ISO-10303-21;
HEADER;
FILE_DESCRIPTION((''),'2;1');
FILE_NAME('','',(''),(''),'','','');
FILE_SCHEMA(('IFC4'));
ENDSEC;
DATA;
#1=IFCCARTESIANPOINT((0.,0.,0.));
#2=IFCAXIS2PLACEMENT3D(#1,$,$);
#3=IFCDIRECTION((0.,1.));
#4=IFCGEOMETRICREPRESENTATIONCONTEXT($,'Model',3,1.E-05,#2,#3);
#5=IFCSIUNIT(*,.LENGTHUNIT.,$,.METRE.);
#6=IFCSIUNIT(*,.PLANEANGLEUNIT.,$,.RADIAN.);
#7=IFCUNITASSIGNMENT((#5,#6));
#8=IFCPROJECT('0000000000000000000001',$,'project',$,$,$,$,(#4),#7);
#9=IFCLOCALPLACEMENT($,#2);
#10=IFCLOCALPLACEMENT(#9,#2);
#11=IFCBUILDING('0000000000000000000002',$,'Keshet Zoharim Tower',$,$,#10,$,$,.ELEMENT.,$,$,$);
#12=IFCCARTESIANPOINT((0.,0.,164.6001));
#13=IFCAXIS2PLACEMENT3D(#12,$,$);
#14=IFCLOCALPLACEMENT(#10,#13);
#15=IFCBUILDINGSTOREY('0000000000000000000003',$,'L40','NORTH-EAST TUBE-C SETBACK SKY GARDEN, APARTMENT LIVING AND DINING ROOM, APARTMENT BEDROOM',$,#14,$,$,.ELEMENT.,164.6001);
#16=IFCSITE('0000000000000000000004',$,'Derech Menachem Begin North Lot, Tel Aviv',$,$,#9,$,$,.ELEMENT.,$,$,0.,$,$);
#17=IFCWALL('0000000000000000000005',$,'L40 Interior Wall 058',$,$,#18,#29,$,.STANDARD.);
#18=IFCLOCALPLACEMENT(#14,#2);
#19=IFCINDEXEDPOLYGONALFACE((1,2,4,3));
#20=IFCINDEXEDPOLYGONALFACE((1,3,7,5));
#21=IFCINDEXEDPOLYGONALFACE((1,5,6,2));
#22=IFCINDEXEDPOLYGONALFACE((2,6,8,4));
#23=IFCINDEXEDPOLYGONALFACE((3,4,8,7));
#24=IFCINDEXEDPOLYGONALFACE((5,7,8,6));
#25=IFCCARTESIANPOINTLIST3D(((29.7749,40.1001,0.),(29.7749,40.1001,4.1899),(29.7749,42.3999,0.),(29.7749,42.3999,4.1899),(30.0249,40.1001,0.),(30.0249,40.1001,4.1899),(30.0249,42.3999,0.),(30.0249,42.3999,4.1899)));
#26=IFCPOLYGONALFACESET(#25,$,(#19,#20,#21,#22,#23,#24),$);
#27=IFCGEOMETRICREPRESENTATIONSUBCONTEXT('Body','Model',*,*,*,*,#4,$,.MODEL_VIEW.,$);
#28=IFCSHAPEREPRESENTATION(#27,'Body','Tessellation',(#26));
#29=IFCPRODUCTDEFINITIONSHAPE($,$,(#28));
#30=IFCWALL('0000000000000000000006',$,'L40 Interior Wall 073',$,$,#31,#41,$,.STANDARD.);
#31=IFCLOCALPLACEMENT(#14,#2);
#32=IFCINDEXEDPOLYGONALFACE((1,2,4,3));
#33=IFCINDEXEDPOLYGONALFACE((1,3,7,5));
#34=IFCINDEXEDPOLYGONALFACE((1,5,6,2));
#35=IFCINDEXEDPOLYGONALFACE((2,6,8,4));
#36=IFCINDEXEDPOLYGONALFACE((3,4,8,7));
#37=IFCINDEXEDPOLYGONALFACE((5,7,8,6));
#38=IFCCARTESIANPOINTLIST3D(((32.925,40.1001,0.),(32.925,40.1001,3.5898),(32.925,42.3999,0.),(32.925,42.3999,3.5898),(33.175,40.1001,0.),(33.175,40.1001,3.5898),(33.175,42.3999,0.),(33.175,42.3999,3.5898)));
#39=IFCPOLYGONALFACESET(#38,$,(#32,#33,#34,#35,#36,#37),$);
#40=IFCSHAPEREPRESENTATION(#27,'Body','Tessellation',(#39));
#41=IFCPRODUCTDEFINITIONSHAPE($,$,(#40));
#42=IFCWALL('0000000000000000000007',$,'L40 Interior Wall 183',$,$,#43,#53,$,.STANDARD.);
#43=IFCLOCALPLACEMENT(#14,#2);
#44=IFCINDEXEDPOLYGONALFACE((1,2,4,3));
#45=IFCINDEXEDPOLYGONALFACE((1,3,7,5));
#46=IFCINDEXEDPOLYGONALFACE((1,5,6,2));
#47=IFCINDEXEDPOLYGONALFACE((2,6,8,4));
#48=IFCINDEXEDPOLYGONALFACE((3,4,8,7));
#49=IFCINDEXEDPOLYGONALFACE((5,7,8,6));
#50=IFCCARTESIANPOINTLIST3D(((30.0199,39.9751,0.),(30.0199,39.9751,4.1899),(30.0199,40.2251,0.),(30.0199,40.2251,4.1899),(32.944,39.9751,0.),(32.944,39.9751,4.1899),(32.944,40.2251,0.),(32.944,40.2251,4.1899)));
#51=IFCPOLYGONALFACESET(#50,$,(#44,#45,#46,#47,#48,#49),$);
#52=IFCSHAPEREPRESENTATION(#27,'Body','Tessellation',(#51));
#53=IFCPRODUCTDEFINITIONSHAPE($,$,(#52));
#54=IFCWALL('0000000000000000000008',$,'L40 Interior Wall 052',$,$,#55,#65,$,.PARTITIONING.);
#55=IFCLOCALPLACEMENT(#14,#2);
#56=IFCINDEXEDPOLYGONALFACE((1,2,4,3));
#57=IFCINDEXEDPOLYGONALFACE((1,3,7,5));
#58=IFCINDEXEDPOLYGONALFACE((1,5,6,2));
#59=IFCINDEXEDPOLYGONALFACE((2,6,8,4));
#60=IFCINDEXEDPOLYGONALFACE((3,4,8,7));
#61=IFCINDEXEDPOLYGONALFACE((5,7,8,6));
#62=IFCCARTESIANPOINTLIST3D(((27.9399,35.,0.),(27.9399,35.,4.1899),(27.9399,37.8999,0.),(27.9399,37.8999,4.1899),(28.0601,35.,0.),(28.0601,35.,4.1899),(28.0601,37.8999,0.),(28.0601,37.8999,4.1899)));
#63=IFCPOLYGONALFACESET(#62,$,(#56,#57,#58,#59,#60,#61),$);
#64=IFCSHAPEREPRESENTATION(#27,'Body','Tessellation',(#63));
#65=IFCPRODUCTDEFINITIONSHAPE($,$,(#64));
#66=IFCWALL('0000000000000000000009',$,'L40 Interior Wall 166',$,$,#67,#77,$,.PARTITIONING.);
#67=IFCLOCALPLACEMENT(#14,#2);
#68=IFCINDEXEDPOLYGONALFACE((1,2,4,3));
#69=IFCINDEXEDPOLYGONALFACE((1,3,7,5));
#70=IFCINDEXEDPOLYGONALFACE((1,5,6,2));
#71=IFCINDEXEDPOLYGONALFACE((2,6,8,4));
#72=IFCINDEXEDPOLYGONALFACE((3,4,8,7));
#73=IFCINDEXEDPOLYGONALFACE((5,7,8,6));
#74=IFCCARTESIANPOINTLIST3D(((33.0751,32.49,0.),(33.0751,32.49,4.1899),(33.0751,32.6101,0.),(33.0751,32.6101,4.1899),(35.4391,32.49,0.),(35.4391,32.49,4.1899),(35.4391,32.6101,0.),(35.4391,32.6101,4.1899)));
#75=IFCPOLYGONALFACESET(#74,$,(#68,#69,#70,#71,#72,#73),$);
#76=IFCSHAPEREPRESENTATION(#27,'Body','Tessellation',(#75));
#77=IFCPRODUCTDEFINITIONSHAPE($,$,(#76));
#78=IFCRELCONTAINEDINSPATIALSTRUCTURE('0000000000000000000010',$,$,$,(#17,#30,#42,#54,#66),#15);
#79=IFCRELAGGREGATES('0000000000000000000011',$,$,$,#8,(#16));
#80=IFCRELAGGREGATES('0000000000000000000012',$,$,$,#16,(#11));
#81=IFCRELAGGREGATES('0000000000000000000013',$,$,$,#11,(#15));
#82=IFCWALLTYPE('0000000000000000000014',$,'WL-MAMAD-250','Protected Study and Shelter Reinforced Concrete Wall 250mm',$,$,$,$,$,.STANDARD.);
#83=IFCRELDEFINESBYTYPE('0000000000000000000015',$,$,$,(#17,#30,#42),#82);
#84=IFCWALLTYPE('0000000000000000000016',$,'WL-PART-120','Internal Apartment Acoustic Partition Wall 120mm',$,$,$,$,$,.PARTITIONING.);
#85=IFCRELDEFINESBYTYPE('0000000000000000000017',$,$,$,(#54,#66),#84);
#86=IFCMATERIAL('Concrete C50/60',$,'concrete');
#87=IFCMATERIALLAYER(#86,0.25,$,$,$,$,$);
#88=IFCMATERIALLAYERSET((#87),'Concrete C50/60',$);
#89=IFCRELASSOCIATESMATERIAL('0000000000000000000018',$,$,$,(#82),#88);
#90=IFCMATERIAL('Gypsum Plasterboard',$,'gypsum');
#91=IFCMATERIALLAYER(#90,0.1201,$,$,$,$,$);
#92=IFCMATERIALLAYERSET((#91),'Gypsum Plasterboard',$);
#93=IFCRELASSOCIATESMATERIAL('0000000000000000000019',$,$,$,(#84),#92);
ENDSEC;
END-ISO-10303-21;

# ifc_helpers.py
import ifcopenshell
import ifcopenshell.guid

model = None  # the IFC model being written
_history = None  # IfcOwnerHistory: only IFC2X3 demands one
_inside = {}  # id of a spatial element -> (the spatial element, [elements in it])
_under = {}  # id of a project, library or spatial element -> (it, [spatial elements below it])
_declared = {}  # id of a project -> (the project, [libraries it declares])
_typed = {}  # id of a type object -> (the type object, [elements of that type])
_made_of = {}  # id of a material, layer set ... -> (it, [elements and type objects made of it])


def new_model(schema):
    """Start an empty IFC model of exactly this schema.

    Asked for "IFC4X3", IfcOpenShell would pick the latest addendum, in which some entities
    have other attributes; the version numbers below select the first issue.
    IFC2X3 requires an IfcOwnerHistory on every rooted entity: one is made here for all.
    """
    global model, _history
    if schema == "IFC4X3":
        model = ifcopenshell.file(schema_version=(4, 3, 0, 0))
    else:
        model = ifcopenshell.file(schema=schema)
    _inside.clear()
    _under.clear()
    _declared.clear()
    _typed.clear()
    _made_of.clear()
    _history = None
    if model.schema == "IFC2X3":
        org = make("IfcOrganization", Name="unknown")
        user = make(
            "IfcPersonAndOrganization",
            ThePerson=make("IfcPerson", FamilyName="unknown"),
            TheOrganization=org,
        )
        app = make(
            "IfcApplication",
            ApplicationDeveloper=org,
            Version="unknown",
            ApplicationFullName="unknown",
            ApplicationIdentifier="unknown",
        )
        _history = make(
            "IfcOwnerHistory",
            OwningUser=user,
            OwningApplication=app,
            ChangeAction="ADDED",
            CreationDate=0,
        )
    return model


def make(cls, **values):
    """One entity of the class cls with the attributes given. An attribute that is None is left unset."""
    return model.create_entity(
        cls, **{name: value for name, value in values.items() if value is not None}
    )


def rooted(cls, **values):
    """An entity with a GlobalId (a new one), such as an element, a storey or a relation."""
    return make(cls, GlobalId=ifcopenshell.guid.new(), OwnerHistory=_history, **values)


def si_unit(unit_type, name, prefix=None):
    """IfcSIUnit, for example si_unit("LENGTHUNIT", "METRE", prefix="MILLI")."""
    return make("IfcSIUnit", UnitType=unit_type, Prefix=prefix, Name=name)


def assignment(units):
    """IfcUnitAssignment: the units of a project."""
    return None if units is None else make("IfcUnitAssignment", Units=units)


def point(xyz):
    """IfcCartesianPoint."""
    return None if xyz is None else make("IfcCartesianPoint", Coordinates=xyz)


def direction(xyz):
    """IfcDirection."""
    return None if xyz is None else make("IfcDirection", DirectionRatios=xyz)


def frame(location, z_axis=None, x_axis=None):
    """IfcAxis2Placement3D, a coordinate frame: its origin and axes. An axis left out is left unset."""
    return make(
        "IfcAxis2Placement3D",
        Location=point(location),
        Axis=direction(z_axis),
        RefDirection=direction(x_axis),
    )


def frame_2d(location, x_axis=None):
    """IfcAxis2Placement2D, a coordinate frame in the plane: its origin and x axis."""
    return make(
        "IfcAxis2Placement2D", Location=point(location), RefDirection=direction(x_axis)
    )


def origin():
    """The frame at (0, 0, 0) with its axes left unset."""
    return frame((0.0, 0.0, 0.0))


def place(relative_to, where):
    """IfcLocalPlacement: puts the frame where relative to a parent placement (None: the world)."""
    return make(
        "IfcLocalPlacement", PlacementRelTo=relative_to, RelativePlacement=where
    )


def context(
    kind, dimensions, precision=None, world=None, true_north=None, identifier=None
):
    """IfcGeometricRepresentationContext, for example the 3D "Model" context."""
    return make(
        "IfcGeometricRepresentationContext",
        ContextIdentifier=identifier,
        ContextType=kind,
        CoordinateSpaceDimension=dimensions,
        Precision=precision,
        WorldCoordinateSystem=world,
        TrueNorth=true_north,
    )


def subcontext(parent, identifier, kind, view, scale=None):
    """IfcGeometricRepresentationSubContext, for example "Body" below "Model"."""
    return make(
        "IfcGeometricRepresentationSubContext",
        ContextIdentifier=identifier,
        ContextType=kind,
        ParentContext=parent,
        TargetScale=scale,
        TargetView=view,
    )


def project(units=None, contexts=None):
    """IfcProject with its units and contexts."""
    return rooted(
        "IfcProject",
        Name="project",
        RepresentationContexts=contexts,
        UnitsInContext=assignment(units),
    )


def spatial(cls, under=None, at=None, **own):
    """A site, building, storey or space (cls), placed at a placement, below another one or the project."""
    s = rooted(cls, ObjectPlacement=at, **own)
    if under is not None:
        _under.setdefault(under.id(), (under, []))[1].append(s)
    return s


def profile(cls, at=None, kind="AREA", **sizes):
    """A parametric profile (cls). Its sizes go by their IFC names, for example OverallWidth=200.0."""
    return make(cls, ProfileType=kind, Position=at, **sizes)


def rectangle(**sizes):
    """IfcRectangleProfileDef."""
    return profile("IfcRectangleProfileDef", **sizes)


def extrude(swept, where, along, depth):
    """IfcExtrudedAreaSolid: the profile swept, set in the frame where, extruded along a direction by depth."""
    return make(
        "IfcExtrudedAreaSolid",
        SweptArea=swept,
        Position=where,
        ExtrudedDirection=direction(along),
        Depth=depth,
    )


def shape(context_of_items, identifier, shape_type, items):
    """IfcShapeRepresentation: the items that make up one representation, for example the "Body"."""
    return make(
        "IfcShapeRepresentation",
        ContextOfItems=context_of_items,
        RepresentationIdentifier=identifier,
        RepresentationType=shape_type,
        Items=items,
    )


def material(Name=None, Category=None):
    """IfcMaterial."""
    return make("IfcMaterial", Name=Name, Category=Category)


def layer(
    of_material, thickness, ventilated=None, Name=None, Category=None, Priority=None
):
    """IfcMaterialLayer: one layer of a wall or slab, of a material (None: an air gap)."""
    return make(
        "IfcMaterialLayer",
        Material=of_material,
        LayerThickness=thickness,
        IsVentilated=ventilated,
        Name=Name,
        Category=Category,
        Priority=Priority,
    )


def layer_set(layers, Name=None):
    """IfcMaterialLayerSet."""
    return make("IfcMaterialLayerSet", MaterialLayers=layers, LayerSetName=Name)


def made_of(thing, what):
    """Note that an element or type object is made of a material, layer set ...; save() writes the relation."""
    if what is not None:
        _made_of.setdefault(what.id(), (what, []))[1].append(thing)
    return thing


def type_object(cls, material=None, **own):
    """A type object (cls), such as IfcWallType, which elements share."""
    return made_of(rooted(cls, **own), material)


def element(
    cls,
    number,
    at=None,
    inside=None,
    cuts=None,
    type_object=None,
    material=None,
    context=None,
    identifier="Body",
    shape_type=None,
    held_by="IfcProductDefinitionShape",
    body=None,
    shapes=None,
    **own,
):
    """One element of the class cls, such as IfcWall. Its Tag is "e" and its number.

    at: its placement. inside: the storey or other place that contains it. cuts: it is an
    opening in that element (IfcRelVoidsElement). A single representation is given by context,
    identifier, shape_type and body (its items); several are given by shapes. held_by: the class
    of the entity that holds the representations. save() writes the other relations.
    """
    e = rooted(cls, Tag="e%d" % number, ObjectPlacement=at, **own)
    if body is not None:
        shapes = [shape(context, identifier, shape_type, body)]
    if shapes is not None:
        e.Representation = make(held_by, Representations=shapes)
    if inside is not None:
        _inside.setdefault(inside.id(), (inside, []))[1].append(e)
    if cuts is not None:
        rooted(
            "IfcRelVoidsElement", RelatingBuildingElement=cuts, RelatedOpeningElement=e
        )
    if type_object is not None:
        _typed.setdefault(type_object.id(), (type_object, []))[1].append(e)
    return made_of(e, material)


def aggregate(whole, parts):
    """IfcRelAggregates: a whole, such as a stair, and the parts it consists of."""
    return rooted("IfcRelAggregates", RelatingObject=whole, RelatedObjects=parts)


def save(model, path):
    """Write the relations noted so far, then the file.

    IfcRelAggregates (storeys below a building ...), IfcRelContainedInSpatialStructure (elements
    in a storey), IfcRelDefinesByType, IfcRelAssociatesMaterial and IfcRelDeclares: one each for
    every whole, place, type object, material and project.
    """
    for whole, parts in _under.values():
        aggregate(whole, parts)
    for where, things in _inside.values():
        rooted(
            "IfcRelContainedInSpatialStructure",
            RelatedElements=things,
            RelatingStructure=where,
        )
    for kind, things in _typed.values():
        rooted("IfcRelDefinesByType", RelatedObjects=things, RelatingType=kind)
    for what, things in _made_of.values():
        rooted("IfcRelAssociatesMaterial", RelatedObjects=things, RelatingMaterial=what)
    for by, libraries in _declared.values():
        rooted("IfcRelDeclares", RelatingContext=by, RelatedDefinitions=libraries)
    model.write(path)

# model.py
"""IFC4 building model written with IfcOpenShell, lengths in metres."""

from ifc_helpers import new_model, si_unit, direction, frame, frame_2d, origin, place, context, subcontext, project, spatial, rectangle, extrude, material, layer, layer_set, type_object, element, save


model = new_model("IFC4")

# Units and contexts
model_context = context("Model", 3, precision=1e-05, world=origin(), true_north=direction((0.0, 1.0)))
body_context = subcontext(model_context, "Body", "Model", "MODEL_VIEW")
ifc_project = project(units=[si_unit("LENGTHUNIT", "METRE"), si_unit("PLANEANGLEUNIT", "RADIAN")], contexts=[model_context])

# Site, building, storey
site_placement = place(None, origin())
site = spatial("IfcSite", under=ifc_project, at=site_placement, Name="Derech Menachem Begin North Lot, Tel Aviv", CompositionType="ELEMENT", RefElevation=0.0)
building_placement = place(site_placement, origin())
building = spatial("IfcBuilding", under=site, at=building_placement, Name="Keshet Zoharim Tower", CompositionType="ELEMENT")
storey_placement = place(building_placement, frame((0.0, 0.0, 164.6001)))
storey = spatial("IfcBuildingStorey", under=building, at=storey_placement, Name="L40", Description="NORTH-EAST TUBE-C SETBACK SKY GARDEN, APARTMENT LIVING AND DINING ROOM, APARTMENT BEDROOM", CompositionType="ELEMENT", Elevation=164.6001)

# Shared definitions
ifc_material_1 = material(Name="Gypsum Plasterboard", Category="gypsum")

# Walls
ifc_material_2 = material(Name="Concrete C50/60", Category="concrete")
ifc_layer_1 = layer(ifc_material_2, 0.25)
ifc_layer_set_1 = layer_set([ifc_layer_1], Name="Concrete C50/60")
wall_type_1 = type_object("IfcWallType", Name="WL-MAMAD-250", Description="Protected Study and Shelter Reinforced Concrete Wall 250mm", PredefinedType="STANDARD", material=ifc_layer_set_1)
wall_1_placement = place(storey_placement, frame((29.8999, 40.1001, 0.0), z_axis=(0.0, 0.0, 1.0), x_axis=(0.0, 1.0, 0.0)))
element("IfcWall", 1, at=wall_1_placement, inside=storey, type_object=wall_type_1, Name="L40 Interior Wall 058", PredefinedType="STANDARD", context=body_context, shape_type="SweptSolid", body=[
    extrude(rectangle(XDim=2.2998, YDim=0.25, at=frame_2d((1.1499, 0.0))), origin(), (0.0, 0.0, 1.0), 4.1899),
])
wall_2_placement = place(storey_placement, frame((33.05, 40.1001, 0.0), z_axis=(0.0, 0.0, 1.0), x_axis=(0.0, 1.0, 0.0)))
element("IfcWall", 2, at=wall_2_placement, inside=storey, type_object=wall_type_1, Name="L40 Interior Wall 073", PredefinedType="STANDARD", context=body_context, shape_type="SweptSolid", body=[
    extrude(rectangle(XDim=2.2998, YDim=0.25, at=frame_2d((1.1499, 0.0))), origin(), (0.0, 0.0, 1.0), 3.5898),
])
wall_3_placement = place(storey_placement, frame((30.02, 40.1001, 0.0), z_axis=(0.0, 0.0, 1.0), x_axis=(1.0, 0.0, 0.0)))
element("IfcWall", 3, at=wall_3_placement, inside=storey, type_object=wall_type_1, Name="L40 Interior Wall 183", PredefinedType="STANDARD", context=body_context, shape_type="SweptSolid", body=[
    extrude(rectangle(XDim=2.9241, YDim=0.25, at=frame_2d((1.4619, 0.0))), origin(), (0.0, 0.0, 1.0), 4.1899),
])

# Walls
ifc_layer_2 = layer(ifc_material_1, 0.1201)
ifc_layer_set_2 = layer_set([ifc_layer_2], Name="Gypsum Plasterboard")
wall_type_2 = type_object("IfcWallType", Name="WL-PART-120", Description="Internal Apartment Acoustic Partition Wall 120mm", PredefinedType="PARTITIONING", material=ifc_layer_set_2)
wall_4_placement = place(storey_placement, frame((28.0, 35.0, 0.0), z_axis=(0.0, 0.0, 1.0), x_axis=(0.0, 1.0, 0.0)))
element("IfcWall", 4, at=wall_4_placement, inside=storey, type_object=wall_type_2, Name="L40 Interior Wall 052", PredefinedType="PARTITIONING", context=body_context, shape_type="SweptSolid", body=[
    extrude(rectangle(XDim=2.8999, YDim=0.1201, at=frame_2d((1.45, 0.0))), origin(), (0.0, 0.0, 1.0), 4.1899),
])
wall_5_placement = place(storey_placement, frame((33.075, 32.55, 0.0), z_axis=(0.0, 0.0, 1.0), x_axis=(1.0, 0.0, 0.0)))
element("IfcWall", 5, at=wall_5_placement, inside=storey, type_object=wall_type_2, Name="L40 Interior Wall 166", PredefinedType="PARTITIONING", context=body_context, shape_type="SweptSolid", body=[
    extrude(rectangle(XDim=2.364, YDim=0.1201, at=frame_2d((1.1821, 0.0))), origin(), (0.0, 0.0, 1.0), 4.1899),
])

save(model, "model.ifc")
